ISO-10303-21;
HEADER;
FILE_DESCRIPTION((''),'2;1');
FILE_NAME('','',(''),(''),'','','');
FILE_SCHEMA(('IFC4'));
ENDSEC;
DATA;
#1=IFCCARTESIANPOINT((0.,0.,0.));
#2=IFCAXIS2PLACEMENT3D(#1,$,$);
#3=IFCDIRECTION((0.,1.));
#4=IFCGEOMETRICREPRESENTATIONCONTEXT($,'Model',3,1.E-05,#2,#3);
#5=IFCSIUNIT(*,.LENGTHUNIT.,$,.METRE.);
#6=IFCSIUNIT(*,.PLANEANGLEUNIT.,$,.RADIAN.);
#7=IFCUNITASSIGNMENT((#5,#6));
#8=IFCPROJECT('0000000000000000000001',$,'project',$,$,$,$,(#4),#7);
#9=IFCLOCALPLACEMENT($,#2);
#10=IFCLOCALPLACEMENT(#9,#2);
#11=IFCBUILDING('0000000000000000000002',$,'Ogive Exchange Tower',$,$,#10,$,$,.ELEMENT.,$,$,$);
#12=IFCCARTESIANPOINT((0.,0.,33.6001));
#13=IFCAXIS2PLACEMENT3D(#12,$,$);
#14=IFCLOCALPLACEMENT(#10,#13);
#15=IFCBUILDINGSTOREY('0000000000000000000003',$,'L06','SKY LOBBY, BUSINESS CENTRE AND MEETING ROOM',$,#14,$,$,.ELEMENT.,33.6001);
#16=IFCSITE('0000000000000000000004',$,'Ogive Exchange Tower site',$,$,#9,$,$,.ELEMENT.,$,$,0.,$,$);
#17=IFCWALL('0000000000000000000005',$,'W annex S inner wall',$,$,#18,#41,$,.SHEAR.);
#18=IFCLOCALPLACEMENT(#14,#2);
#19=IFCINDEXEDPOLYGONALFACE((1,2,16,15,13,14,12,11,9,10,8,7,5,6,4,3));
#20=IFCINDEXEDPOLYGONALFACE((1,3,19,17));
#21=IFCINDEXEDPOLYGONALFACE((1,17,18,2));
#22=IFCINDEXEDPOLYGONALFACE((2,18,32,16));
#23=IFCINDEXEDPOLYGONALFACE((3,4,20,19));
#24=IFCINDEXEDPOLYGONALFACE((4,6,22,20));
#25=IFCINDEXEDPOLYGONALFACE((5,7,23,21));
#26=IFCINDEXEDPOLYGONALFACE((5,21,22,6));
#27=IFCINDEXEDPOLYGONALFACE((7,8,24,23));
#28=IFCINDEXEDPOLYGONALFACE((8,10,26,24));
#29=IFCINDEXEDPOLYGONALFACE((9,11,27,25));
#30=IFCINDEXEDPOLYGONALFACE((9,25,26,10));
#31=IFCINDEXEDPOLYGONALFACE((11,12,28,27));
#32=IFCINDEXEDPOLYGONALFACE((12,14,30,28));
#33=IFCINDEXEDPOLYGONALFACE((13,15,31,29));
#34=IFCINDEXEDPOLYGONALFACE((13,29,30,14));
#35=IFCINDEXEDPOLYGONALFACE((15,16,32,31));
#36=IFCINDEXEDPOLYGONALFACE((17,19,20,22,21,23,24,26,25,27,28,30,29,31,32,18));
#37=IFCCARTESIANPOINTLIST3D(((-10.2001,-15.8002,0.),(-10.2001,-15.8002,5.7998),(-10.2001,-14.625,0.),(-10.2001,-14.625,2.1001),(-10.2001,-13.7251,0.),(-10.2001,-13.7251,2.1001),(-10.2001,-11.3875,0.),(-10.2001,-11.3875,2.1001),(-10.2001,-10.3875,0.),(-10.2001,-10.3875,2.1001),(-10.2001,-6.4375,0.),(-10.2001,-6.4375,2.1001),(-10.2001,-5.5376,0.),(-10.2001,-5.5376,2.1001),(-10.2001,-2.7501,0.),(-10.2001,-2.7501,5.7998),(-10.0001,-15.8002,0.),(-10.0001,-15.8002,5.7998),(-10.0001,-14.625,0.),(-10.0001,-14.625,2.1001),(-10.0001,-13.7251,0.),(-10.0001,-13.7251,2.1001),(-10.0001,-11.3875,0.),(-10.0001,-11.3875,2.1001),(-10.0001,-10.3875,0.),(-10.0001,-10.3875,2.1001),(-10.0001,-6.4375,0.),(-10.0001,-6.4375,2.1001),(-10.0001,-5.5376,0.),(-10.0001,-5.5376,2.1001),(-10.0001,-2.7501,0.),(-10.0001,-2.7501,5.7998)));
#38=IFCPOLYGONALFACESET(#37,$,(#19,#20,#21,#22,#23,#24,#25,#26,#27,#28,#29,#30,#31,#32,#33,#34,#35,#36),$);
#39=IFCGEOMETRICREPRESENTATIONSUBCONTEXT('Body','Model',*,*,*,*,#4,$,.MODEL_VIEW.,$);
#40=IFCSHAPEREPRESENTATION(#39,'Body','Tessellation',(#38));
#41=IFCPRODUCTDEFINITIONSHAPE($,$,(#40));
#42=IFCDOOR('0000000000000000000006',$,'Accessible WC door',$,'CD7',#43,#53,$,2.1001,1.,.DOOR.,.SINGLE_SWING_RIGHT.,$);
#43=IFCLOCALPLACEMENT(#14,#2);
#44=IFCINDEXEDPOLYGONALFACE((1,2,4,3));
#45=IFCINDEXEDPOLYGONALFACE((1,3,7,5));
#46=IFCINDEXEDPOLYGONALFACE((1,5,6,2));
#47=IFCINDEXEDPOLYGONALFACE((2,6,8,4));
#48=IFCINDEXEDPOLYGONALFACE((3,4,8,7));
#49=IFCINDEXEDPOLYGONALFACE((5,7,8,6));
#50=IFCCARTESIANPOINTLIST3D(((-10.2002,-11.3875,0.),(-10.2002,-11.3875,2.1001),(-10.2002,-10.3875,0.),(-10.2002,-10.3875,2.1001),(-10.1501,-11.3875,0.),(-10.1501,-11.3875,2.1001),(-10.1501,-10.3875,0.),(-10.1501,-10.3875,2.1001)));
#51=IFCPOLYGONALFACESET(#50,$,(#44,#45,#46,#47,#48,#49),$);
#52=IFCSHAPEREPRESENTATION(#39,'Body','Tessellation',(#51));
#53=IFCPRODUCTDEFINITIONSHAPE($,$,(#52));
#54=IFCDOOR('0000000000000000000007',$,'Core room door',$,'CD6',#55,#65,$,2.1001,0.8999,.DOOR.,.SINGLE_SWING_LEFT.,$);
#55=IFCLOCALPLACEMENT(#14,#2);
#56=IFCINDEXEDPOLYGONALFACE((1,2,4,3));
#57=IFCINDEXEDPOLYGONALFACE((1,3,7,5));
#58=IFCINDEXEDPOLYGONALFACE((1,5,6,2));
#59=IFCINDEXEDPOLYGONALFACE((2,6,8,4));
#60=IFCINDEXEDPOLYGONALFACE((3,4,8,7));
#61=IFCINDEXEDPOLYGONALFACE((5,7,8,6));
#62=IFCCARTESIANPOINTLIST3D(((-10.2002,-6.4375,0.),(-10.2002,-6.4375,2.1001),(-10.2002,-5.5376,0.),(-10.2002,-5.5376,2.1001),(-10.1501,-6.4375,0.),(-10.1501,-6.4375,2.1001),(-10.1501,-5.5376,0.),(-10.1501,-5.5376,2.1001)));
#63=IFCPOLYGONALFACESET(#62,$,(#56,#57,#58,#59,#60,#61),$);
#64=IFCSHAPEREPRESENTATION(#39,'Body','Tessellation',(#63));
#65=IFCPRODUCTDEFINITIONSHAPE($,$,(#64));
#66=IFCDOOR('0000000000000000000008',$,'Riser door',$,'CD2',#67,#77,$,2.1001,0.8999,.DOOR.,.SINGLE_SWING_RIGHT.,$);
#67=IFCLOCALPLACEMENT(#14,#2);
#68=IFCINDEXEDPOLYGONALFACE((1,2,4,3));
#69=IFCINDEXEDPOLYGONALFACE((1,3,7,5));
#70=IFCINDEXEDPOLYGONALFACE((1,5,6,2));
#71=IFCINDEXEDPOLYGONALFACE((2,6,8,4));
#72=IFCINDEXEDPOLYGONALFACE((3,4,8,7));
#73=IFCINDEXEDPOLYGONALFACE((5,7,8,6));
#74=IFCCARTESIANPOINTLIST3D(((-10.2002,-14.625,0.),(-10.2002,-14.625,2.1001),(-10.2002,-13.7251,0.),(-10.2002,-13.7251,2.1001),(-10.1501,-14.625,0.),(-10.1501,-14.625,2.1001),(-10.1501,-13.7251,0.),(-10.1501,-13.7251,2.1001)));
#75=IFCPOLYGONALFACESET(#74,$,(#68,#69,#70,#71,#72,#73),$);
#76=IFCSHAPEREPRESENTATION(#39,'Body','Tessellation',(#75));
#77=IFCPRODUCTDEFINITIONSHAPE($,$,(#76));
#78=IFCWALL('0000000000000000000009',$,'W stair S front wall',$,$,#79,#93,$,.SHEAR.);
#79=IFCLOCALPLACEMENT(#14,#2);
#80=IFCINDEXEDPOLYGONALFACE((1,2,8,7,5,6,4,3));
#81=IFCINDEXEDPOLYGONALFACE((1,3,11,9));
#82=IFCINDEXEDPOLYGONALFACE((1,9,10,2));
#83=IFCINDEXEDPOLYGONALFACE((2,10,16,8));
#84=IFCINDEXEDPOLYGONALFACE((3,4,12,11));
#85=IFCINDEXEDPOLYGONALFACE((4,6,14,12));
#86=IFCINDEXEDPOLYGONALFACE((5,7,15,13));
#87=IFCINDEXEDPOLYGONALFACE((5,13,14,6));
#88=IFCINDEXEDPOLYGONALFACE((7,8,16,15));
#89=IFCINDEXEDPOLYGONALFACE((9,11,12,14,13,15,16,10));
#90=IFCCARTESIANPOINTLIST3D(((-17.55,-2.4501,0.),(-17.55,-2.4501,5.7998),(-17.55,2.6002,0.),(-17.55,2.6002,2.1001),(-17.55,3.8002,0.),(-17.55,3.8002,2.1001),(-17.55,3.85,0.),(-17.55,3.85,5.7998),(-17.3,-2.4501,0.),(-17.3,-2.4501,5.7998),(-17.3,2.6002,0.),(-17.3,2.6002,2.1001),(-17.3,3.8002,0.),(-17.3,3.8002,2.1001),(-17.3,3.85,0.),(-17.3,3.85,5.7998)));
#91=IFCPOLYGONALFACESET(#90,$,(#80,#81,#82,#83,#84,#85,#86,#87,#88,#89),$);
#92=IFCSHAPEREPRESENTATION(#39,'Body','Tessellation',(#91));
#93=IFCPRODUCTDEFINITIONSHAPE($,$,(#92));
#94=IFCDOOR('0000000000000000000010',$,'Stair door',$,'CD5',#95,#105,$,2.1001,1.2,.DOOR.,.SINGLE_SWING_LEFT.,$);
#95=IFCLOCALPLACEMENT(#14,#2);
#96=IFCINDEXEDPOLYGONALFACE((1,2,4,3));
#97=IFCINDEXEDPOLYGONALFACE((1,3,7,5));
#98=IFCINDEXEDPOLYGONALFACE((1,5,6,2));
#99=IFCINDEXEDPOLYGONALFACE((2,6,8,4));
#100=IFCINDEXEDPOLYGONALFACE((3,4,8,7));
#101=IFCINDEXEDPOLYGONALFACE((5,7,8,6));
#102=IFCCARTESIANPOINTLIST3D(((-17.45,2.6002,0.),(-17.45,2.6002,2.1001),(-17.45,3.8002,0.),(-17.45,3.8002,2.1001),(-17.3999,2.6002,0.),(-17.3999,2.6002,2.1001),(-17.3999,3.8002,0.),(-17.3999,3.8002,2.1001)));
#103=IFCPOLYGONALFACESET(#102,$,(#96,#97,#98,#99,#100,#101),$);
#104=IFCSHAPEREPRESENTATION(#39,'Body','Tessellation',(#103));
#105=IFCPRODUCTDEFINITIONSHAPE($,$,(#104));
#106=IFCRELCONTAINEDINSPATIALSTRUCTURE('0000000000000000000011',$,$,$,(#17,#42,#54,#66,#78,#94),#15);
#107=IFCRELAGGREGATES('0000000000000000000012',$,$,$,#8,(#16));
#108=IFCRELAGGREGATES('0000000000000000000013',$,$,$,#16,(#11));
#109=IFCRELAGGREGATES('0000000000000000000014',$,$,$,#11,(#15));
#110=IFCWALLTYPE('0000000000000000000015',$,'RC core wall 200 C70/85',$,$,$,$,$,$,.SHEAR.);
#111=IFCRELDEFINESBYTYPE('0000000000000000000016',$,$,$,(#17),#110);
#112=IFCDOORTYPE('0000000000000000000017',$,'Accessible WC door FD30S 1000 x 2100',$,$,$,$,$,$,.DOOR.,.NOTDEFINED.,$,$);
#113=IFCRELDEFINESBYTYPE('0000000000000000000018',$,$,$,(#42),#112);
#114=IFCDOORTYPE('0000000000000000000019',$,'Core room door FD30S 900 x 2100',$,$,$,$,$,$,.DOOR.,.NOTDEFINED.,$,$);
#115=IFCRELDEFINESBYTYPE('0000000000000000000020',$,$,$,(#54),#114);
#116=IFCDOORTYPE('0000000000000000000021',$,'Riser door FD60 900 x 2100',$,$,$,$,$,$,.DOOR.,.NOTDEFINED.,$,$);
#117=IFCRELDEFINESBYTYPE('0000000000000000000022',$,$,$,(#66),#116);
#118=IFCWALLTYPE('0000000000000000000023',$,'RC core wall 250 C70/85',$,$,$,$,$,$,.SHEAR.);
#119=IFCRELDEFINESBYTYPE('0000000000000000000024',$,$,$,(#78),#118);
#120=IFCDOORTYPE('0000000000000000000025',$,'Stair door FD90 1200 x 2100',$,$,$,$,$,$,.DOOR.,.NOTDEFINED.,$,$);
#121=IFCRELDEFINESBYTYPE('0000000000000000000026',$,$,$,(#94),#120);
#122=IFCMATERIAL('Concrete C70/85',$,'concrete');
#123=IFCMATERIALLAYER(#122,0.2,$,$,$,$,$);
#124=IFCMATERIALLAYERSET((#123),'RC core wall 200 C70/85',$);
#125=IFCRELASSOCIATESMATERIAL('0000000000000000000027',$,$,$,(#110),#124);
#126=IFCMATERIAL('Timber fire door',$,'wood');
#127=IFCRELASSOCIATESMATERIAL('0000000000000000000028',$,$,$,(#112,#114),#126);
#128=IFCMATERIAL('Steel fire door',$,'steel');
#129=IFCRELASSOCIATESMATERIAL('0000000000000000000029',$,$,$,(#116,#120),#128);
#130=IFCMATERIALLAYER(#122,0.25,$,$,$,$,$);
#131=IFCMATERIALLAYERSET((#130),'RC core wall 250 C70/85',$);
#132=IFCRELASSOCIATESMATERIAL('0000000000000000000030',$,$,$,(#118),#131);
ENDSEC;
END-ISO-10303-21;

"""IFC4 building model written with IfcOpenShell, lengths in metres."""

from ifc_helpers import new_model, si_unit, direction, frame, frame_2d, origin, place, context, subcontext, project, spatial, rectangle, extrude, material, layer, layer_set, type_object, element, fill, save


model = new_model("IFC4")

# Units and contexts
model_context = context("Model", 3, precision=1e-05, world=origin(), true_north=direction((0.0, 1.0)))
body_context = subcontext(model_context, "Body", "Model", "MODEL_VIEW")
ifc_project = project(units=[si_unit("LENGTHUNIT", "METRE"), si_unit("PLANEANGLEUNIT", "RADIAN")], contexts=[model_context])

# Site, building, storey
site_placement = place(None, origin())
site = spatial("IfcSite", under=ifc_project, at=site_placement, Name="Ogive Exchange Tower site", CompositionType="ELEMENT", RefElevation=0.0)
building_placement = place(site_placement, origin())
building = spatial("IfcBuilding", under=site, at=building_placement, Name="Ogive Exchange Tower", CompositionType="ELEMENT")
storey_placement = place(building_placement, frame((0.0, 0.0, 33.6001)))
storey = spatial("IfcBuildingStorey", under=building, at=storey_placement, Name="L06", Description="SKY LOBBY, BUSINESS CENTRE AND MEETING ROOM", CompositionType="ELEMENT", Elevation=33.6001)

# Wall, openings, doors
ifc_material_1 = material(Name="Concrete C70/85", Category="concrete")
ifc_layer_1 = layer(ifc_material_1, 0.2)
ifc_layer_set_1 = layer_set([ifc_layer_1], Name="RC core wall 200 C70/85")
wall_type_1 = type_object("IfcWallType", Name="RC core wall 200 C70/85", PredefinedType="SHEAR", material=ifc_layer_set_1)
wall_1_placement = place(storey_placement, frame((-10.1001, -15.8, 0.0), z_axis=(0.0, 0.0, 1.0), x_axis=(0.0, 1.0, 0.0)))
wall_1 = element("IfcWall", 1, at=wall_1_placement, inside=storey, type_object=wall_type_1, Name="W annex S inner wall", PredefinedType="SHEAR", context=body_context, shape_type="SweptSolid", body=[
    extrude(rectangle(XDim=13.05, YDim=0.2, at=frame_2d((6.5249, 0.0))), origin(), (0.0, 0.0, 1.0), 5.7998),
])
opening_1_placement = place(wall_1_placement, frame((1.175, 0.0, 0.0)))
opening_1 = element("IfcOpeningElement", 2, at=opening_1_placement, cuts=wall_1, PredefinedType="OPENING", context=body_context, shape_type="SweptSolid", body=[
    extrude(rectangle(XDim=0.8999, YDim=2.1001, at=frame_2d((0.45, 1.05))), frame((0.0, 0.1099, 0.0), z_axis=(0.0, -1.0, 0.0), x_axis=(1.0, 0.0, 0.0)), (0.0, 0.0, 1.0), 0.22),
])
opening_2_placement = place(wall_1_placement, frame((4.4126, 0.0, 0.0)))
opening_2 = element("IfcOpeningElement", 3, at=opening_2_placement, cuts=wall_1, PredefinedType="OPENING", context=body_context, shape_type="SweptSolid", body=[
    extrude(rectangle(XDim=1.0, YDim=2.1001, at=frame_2d((0.5, 1.05))), frame((0.0, 0.1099, 0.0), z_axis=(0.0, -1.0, 0.0), x_axis=(1.0, 0.0, 0.0)), (0.0, 0.0, 1.0), 0.22),
])
opening_3_placement = place(wall_1_placement, frame((9.3625, 0.0, 0.0)))
opening_3 = element("IfcOpeningElement", 4, at=opening_3_placement, cuts=wall_1, PredefinedType="OPENING", context=body_context, shape_type="SweptSolid", body=[
    extrude(rectangle(XDim=0.8999, YDim=2.1001, at=frame_2d((0.45, 1.05))), frame((0.0, 0.1099, 0.0), z_axis=(0.0, -1.0, 0.0), x_axis=(1.0, 0.0, 0.0)), (0.0, 0.0, 1.0), 0.22),
])
ifc_material_2 = material(Name="Timber fire door", Category="wood")
door_type_1 = type_object("IfcDoorType", Name="Accessible WC door FD30S 1000 x 2100", OperationType="NOTDEFINED", PredefinedType="DOOR", material=ifc_material_2)
door_1_placement = place(opening_2_placement, origin())
door_1 = element("IfcDoor", 5, at=door_1_placement, inside=storey, type_object=door_type_1, Name="Accessible WC door", ObjectType="CD7", OperationType="SINGLE_SWING_RIGHT", OverallHeight=2.1001, OverallWidth=1.0, PredefinedType="DOOR", context=body_context, shape_type="SweptSolid", body=[
    extrude(rectangle(XDim=1.0, YDim=2.1001, at=frame_2d((0.5, 1.05))), frame((0.0, 0.1001, 0.0), z_axis=(0.0, -1.0, 0.0), x_axis=(1.0, 0.0, 0.0)), (0.0, 0.0, 1.0), 0.05),
])
fill(opening_2, door_1)
door_type_2 = type_object("IfcDoorType", Name="Core room door FD30S 900 x 2100", OperationType="NOTDEFINED", PredefinedType="DOOR", material=ifc_material_2)
door_2_placement = place(opening_3_placement, origin())
door_2 = element("IfcDoor", 6, at=door_2_placement, inside=storey, type_object=door_type_2, Name="Core room door", ObjectType="CD6", OperationType="SINGLE_SWING_LEFT", OverallHeight=2.1001, OverallWidth=0.8999, PredefinedType="DOOR", context=body_context, shape_type="SweptSolid", body=[
    extrude(rectangle(XDim=0.8999, YDim=2.1001, at=frame_2d((0.45, 1.05))), frame((0.0, 0.1001, 0.0), z_axis=(0.0, -1.0, 0.0), x_axis=(1.0, 0.0, 0.0)), (0.0, 0.0, 1.0), 0.05),
])
fill(opening_3, door_2)
ifc_material_3 = material(Name="Steel fire door", Category="steel")
door_type_3 = type_object("IfcDoorType", Name="Riser door FD60 900 x 2100", OperationType="NOTDEFINED", PredefinedType="DOOR", material=ifc_material_3)
door_3_placement = place(opening_1_placement, origin())
door_3 = element("IfcDoor", 7, at=door_3_placement, inside=storey, type_object=door_type_3, Name="Riser door", ObjectType="CD2", OperationType="SINGLE_SWING_RIGHT", OverallHeight=2.1001, OverallWidth=0.8999, PredefinedType="DOOR", context=body_context, shape_type="SweptSolid", body=[
    extrude(rectangle(XDim=0.8999, YDim=2.1001, at=frame_2d((0.45, 1.05))), frame((0.0, 0.1001, 0.0), z_axis=(0.0, -1.0, 0.0), x_axis=(1.0, 0.0, 0.0)), (0.0, 0.0, 1.0), 0.05),
])
fill(opening_1, door_3)

# Wall, opening, door
ifc_layer_2 = layer(ifc_material_1, 0.25)
ifc_layer_set_2 = layer_set([ifc_layer_2], Name="RC core wall 250 C70/85")
wall_type_2 = type_object("IfcWallType", Name="RC core wall 250 C70/85", PredefinedType="SHEAR", material=ifc_layer_set_2)
wall_2_placement = place(storey_placement, frame((-17.425, -2.45, 0.0), z_axis=(0.0, 0.0, 1.0), x_axis=(0.0, 1.0, 0.0)))
wall_2 = element("IfcWall", 8, at=wall_2_placement, inside=storey, type_object=wall_type_2, Name="W stair S front wall", PredefinedType="SHEAR", context=body_context, shape_type="SweptSolid", body=[
    extrude(rectangle(XDim=6.3, YDim=0.25, at=frame_2d((3.1499, 0.0))), origin(), (0.0, 0.0, 1.0), 5.7998),
])
opening_4_placement = place(wall_2_placement, frame((5.05, 0.0, 0.0)))
opening_4 = element("IfcOpeningElement", 9, at=opening_4_placement, cuts=wall_2, PredefinedType="OPENING", context=body_context, shape_type="SweptSolid", body=[
    extrude(rectangle(XDim=1.2, YDim=2.1001, at=frame_2d((0.6001, 1.05))), frame((0.0, 0.135, 0.0), z_axis=(0.0, -1.0, 0.0), x_axis=(1.0, 0.0, 0.0)), (0.0, 0.0, 1.0), 0.27),
])
door_type_4 = type_object("IfcDoorType", Name="Stair door FD90 1200 x 2100", OperationType="NOTDEFINED", PredefinedType="DOOR", material=ifc_material_3)
door_4_placement = place(opening_4_placement, origin())
door_4 = element("IfcDoor", 10, at=door_4_placement, inside=storey, type_object=door_type_4, Name="Stair door", ObjectType="CD5", OperationType="SINGLE_SWING_LEFT", OverallHeight=2.1001, OverallWidth=1.2, PredefinedType="DOOR", context=body_context, shape_type="SweptSolid", body=[
    extrude(rectangle(XDim=1.2, YDim=2.1001, at=frame_2d((0.6001, 1.05))), frame((0.0, 0.0249, 0.0), z_axis=(0.0, -1.0, 0.0), x_axis=(1.0, 0.0, 0.0)), (0.0, 0.0, 1.0), 0.05),
])
fill(opening_4, door_4)

save(model, "model.ifc")
